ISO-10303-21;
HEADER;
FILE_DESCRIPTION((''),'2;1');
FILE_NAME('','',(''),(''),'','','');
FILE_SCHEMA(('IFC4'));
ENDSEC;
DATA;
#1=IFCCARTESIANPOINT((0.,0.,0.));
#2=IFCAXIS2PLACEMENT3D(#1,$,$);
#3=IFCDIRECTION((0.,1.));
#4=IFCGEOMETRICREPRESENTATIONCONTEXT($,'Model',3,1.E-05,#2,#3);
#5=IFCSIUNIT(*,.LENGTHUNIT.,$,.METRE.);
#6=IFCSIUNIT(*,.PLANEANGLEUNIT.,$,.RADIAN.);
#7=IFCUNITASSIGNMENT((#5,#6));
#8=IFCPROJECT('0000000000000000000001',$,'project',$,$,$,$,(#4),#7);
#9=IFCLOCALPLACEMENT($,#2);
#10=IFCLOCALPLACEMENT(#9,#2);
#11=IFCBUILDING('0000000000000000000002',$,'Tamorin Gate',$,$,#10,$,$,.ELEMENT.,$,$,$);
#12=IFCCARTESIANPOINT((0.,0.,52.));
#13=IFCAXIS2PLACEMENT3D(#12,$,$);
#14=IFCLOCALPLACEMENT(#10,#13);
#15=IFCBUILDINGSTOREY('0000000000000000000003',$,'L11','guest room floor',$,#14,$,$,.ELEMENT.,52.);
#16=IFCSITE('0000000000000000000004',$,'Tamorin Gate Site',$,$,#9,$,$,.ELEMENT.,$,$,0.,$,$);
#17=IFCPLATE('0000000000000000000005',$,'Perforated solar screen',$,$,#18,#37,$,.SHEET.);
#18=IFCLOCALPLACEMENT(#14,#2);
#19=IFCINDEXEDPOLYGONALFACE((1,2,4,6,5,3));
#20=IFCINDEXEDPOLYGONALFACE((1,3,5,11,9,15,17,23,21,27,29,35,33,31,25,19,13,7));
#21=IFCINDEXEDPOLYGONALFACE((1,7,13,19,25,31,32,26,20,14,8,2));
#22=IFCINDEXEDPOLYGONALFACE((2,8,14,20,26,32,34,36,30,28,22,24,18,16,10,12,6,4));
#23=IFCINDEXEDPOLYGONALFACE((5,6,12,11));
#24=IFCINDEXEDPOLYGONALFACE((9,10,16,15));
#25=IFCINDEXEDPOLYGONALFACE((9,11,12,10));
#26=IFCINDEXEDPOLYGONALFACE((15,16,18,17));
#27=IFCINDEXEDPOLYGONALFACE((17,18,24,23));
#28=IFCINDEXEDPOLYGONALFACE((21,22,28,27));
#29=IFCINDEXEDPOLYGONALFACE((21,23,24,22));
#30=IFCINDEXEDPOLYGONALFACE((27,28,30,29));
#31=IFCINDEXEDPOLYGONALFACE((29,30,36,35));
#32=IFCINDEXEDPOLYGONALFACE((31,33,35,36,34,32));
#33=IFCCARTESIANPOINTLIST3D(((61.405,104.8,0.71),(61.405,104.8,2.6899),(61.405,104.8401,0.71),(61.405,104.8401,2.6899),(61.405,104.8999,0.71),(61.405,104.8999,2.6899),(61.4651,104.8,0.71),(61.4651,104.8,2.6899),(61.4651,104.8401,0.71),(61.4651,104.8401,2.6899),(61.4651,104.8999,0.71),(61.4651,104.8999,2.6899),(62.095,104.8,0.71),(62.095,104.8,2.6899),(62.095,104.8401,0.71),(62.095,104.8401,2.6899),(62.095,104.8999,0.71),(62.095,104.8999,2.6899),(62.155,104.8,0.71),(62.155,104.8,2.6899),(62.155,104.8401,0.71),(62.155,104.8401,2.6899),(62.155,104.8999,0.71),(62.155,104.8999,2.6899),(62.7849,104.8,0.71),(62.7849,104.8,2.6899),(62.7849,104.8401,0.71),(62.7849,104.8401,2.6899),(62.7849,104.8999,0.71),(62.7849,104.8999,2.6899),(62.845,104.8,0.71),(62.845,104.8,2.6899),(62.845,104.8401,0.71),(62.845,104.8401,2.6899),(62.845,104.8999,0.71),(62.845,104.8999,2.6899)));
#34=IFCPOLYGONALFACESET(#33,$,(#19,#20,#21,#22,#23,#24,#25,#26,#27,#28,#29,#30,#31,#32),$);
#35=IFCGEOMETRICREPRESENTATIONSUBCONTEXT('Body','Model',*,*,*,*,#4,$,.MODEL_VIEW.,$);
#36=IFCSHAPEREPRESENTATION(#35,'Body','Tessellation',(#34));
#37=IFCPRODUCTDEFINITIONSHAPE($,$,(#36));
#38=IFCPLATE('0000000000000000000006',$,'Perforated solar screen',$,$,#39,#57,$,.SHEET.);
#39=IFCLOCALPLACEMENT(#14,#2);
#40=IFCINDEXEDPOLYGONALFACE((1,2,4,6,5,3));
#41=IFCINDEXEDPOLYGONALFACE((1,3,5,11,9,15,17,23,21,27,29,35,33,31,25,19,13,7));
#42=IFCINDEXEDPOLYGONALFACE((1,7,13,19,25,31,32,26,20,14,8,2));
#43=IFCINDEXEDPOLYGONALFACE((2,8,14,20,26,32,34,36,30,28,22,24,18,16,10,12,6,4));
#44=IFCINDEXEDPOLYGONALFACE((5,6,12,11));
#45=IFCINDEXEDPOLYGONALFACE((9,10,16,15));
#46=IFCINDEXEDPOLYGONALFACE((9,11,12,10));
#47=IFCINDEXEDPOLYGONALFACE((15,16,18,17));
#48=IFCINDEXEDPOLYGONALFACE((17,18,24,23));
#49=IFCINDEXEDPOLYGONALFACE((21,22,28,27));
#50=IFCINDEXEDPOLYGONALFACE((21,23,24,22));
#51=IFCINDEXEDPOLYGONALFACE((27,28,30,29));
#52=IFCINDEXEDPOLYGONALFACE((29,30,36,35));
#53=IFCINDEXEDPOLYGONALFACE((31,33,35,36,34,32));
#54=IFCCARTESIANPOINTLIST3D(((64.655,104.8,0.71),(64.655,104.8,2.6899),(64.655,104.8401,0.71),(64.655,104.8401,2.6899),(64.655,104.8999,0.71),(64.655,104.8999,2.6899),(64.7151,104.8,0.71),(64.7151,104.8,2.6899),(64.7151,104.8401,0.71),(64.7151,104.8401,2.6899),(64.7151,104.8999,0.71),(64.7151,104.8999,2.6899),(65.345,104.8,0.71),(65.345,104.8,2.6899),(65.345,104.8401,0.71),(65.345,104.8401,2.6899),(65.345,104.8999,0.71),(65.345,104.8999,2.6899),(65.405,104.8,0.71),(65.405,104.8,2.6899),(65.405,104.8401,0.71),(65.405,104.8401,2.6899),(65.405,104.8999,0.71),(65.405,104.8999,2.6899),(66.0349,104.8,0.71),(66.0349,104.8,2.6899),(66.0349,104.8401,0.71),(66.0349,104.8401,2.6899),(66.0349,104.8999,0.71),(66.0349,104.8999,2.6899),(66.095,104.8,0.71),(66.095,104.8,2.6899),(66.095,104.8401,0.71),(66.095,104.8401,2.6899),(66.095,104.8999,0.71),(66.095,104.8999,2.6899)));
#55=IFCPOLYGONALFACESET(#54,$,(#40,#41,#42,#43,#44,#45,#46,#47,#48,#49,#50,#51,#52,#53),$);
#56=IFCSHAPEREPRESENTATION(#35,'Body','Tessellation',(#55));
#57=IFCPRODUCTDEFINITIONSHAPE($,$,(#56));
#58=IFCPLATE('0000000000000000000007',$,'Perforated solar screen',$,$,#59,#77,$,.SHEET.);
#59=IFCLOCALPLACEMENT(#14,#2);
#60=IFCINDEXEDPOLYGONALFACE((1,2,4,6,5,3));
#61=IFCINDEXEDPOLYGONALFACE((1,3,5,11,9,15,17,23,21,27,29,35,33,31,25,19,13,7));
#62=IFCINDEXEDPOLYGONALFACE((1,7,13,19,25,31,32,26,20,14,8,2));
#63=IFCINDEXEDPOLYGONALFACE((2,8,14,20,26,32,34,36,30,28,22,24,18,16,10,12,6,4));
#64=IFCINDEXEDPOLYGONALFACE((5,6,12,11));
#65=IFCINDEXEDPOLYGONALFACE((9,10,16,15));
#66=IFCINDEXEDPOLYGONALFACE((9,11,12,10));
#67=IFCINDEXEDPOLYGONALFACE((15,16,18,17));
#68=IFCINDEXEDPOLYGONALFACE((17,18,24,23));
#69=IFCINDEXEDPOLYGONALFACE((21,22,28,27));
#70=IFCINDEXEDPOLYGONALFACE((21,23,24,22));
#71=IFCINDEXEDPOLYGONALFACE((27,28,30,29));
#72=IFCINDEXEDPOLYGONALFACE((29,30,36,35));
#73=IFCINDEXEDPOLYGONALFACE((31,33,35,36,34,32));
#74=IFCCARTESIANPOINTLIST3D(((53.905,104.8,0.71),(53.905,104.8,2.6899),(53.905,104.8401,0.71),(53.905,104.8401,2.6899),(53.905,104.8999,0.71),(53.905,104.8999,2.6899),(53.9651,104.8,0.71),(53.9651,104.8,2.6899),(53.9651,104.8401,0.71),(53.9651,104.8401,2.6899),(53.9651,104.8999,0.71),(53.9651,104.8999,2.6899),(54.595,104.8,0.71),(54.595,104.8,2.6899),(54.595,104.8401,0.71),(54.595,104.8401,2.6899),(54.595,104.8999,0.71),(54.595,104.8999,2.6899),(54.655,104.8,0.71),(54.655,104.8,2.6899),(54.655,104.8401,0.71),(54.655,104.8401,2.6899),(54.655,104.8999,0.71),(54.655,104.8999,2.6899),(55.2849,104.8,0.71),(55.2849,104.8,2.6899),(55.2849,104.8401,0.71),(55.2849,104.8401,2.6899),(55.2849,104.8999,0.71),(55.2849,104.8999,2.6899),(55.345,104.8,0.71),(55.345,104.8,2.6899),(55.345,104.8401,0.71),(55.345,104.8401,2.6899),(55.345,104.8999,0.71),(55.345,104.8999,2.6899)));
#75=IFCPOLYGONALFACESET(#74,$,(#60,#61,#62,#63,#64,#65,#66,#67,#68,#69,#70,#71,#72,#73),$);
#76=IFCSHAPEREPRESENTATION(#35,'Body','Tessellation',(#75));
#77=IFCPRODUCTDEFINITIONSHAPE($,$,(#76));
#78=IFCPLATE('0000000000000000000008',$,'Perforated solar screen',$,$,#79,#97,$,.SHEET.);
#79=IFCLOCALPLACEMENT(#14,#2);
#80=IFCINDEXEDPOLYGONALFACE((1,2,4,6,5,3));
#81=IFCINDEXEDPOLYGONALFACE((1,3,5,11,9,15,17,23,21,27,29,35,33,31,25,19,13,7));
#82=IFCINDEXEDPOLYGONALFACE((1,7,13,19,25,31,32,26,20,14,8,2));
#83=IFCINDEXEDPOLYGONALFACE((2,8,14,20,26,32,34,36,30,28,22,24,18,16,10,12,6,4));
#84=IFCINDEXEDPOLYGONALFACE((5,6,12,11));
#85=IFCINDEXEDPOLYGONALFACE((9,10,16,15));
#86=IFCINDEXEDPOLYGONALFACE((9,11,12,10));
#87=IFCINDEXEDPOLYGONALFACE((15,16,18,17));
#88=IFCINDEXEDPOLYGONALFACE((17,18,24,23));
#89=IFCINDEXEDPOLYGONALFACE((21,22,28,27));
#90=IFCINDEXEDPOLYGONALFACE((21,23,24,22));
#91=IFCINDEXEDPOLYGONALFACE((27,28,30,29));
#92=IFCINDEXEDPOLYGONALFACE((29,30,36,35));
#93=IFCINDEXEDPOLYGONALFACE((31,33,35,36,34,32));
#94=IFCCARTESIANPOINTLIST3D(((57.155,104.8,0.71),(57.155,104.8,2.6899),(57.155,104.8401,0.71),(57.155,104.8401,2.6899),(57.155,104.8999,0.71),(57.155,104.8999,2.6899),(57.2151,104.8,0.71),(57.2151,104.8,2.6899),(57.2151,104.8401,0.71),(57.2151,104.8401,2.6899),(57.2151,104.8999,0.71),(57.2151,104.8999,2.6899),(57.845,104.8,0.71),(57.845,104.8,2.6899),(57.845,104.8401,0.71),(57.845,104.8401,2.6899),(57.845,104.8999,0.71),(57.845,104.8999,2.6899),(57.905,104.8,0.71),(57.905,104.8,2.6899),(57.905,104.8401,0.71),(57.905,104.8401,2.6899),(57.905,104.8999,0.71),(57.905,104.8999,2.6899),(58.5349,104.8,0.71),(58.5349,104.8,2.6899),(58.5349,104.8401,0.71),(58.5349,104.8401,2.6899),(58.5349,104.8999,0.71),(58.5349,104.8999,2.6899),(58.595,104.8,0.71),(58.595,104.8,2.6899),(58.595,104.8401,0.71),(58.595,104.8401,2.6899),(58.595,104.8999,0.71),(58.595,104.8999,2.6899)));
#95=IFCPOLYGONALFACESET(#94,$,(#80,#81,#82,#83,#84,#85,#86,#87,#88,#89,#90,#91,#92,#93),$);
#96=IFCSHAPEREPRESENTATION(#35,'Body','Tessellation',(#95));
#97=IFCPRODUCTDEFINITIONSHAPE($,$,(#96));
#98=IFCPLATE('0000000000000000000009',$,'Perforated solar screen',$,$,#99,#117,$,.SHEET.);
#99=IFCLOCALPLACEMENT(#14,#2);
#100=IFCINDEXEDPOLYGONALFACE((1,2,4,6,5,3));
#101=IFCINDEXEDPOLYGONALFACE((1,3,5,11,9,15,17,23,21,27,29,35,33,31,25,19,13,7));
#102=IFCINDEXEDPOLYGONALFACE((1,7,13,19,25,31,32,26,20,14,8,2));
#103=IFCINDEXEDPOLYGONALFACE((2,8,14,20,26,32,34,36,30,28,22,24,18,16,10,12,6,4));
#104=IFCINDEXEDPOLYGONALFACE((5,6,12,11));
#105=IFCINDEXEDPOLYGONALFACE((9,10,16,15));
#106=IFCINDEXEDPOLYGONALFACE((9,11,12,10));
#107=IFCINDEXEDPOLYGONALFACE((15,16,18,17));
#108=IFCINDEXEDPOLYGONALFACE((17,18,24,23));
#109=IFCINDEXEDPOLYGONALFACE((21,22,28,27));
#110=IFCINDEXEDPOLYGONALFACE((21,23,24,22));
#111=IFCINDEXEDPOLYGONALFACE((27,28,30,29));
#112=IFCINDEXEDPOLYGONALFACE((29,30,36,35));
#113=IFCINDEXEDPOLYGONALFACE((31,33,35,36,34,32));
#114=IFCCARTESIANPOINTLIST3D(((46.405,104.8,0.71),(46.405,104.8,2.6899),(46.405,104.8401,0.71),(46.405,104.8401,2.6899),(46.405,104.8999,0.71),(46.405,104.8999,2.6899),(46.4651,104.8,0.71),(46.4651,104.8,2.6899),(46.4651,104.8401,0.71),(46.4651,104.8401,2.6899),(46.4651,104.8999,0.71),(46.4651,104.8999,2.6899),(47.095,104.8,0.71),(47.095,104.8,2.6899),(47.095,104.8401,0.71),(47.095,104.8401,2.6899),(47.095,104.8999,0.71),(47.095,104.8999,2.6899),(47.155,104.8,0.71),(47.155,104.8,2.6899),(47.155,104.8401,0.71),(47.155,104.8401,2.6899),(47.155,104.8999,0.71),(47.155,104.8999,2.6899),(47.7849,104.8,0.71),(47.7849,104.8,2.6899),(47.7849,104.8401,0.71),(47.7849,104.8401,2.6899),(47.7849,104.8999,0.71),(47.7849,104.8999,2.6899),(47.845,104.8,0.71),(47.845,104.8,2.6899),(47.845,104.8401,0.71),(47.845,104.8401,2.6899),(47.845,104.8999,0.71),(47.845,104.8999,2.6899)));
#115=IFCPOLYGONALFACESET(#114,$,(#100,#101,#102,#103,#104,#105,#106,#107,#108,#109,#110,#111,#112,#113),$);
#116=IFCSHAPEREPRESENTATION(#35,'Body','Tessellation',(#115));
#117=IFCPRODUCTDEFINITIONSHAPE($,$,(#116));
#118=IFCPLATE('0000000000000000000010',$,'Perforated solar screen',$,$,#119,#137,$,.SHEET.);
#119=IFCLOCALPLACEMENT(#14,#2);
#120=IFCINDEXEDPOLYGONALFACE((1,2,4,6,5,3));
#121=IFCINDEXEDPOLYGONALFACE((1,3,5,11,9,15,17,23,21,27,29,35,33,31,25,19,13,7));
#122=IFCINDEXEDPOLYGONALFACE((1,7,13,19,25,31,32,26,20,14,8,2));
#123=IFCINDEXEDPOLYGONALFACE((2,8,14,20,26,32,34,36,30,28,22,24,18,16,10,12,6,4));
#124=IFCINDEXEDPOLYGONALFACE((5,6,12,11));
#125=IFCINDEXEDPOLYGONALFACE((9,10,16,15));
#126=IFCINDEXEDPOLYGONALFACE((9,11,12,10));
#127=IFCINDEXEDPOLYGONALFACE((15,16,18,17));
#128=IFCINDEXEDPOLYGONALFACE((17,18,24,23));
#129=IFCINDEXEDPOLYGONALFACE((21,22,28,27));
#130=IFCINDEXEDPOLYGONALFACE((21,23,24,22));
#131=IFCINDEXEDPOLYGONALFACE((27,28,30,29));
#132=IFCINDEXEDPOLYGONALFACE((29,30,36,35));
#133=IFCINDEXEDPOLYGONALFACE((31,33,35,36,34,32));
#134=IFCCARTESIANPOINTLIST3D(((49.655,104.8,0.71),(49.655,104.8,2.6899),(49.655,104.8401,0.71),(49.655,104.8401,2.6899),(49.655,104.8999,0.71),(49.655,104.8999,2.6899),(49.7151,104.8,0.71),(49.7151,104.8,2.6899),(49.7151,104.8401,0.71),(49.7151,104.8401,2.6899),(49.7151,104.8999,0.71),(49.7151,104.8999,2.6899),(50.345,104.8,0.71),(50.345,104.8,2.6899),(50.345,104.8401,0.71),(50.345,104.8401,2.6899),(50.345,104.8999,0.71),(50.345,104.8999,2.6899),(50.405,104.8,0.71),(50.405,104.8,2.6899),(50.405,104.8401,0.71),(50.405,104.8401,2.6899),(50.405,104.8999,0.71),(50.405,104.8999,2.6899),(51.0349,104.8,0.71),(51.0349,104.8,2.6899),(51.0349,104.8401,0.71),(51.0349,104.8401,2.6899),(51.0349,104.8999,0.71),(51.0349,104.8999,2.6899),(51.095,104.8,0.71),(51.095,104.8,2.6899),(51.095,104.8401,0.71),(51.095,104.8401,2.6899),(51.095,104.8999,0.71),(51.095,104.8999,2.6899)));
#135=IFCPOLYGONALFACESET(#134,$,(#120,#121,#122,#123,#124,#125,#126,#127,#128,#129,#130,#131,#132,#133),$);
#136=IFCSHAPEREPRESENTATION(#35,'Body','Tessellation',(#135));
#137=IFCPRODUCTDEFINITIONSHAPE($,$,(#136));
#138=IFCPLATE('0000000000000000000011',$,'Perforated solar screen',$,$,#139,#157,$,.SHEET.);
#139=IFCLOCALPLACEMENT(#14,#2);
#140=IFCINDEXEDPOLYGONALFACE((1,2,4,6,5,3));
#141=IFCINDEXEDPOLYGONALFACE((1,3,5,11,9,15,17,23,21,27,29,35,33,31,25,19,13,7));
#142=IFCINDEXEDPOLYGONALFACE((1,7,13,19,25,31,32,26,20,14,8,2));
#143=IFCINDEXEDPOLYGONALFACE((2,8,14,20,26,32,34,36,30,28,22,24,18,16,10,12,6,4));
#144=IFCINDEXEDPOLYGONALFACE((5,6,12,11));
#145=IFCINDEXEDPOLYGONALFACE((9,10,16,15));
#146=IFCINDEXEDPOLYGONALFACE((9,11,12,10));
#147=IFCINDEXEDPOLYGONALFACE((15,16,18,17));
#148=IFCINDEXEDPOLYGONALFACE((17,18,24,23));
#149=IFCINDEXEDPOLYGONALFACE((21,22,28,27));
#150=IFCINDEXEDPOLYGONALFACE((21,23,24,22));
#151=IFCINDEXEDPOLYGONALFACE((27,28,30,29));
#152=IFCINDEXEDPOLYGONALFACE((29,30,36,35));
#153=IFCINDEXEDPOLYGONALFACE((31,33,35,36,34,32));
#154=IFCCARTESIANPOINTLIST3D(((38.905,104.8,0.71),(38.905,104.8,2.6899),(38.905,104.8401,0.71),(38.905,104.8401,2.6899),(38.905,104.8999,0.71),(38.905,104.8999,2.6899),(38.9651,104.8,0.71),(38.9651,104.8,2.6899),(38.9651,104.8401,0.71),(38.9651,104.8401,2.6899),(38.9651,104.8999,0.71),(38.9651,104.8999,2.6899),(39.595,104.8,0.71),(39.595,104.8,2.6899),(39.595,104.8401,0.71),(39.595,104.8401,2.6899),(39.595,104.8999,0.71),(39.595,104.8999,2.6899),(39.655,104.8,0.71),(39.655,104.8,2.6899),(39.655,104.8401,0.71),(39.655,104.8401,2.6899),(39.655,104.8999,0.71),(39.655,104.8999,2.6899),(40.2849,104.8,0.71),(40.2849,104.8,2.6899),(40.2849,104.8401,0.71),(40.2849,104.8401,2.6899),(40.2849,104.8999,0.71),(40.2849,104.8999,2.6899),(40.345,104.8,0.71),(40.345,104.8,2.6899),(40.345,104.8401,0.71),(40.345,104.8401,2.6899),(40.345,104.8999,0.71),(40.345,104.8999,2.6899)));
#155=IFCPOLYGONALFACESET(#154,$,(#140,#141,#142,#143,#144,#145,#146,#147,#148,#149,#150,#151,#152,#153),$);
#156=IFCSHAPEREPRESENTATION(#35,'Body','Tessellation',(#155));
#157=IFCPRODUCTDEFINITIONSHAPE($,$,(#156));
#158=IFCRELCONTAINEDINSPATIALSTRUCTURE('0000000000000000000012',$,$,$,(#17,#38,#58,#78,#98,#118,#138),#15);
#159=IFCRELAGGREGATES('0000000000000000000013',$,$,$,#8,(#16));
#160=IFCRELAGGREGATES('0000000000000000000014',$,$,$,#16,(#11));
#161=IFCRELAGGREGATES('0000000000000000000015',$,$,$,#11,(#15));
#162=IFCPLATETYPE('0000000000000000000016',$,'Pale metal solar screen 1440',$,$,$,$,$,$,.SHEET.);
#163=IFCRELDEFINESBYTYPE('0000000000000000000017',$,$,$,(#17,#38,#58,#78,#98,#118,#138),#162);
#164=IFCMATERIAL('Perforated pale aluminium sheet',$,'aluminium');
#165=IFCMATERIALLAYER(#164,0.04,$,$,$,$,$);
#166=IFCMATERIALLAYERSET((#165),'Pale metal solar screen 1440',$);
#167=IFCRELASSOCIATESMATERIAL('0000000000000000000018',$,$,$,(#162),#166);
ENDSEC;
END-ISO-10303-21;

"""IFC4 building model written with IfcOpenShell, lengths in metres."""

from ifc_helpers import new_model, si_unit, direction, frame, origin, place, context, subcontext, project, spatial, polyline, outline, extrude, material, layer, layer_set, type_object, element, save


model = new_model("IFC4")

# Units and contexts
model_context = context("Model", 3, precision=1e-05, world=origin(), true_north=direction((0.0, 1.0)))
body_context = subcontext(model_context, "Body", "Model", "MODEL_VIEW")
ifc_project = project(units=[si_unit("LENGTHUNIT", "METRE"), si_unit("PLANEANGLEUNIT", "RADIAN")], contexts=[model_context])

# Site, building, storey
site_placement = place(None, origin())
site = spatial("IfcSite", under=ifc_project, at=site_placement, Name="Tamorin Gate Site", CompositionType="ELEMENT", RefElevation=0.0)
building_placement = place(site_placement, origin())
building = spatial("IfcBuilding", under=site, at=building_placement, Name="Tamorin Gate", CompositionType="ELEMENT")
storey_placement = place(building_placement, frame((0.0, 0.0, 52.0)))
storey = spatial("IfcBuildingStorey", under=building, at=storey_placement, Name="L11", Description="guest room floor", CompositionType="ELEMENT", Elevation=52.0)

# Plates
ifc_material = material(Name="Perforated pale aluminium sheet", Category="aluminium")
ifc_layer = layer(ifc_material, 0.04)
ifc_layer_set = layer_set([ifc_layer], Name="Pale metal solar screen 1440")
plate_type = type_object("IfcPlateType", Name="Pale metal solar screen 1440", PredefinedType="SHEET", material=ifc_layer_set)
plate_1_placement = place(storey_placement, frame((0.0, 0.0, 0.71)))
element("IfcPlate", 1, at=plate_1_placement, inside=storey, type_object=plate_type, Name="Perforated solar screen", PredefinedType="SHEET", context=body_context, shape_type="SweptSolid", body=[
    extrude(outline(polyline([(62.845, 104.8401), (62.845, 104.8), (62.7849, 104.8), (62.155, 104.8), (62.095, 104.8), (61.4651, 104.8), (61.405, 104.8), (61.405, 104.8401), (61.405, 104.8999), (61.4651, 104.8999), (61.4651, 104.8401), (62.095, 104.8401), (62.095, 104.8999), (62.155, 104.8999), (62.155, 104.8401), (62.7849, 104.8401), (62.7849, 104.8999), (62.845, 104.8999), (62.845, 104.8401)])), origin(), (0.0, 0.0, 1.0), 1.98),
])
plate_2_placement = place(storey_placement, frame((0.0, 0.0, 0.71)))
element("IfcPlate", 2, at=plate_2_placement, inside=storey, type_object=plate_type, Name="Perforated solar screen", PredefinedType="SHEET", context=body_context, shape_type="SweptSolid", body=[
    extrude(outline(polyline([(66.095, 104.8401), (66.095, 104.8), (66.0349, 104.8), (65.405, 104.8), (65.345, 104.8), (64.7151, 104.8), (64.655, 104.8), (64.655, 104.8401), (64.655, 104.8999), (64.7151, 104.8999), (64.7151, 104.8401), (65.345, 104.8401), (65.345, 104.8999), (65.405, 104.8999), (65.405, 104.8401), (66.0349, 104.8401), (66.0349, 104.8999), (66.095, 104.8999), (66.095, 104.8401)])), origin(), (0.0, 0.0, 1.0), 1.98),
])
plate_3_placement = place(storey_placement, frame((0.0, 0.0, 0.71)))
element("IfcPlate", 3, at=plate_3_placement, inside=storey, type_object=plate_type, Name="Perforated solar screen", PredefinedType="SHEET", context=body_context, shape_type="SweptSolid", body=[
    extrude(outline(polyline([(55.345, 104.8401), (55.345, 104.8), (55.2849, 104.8), (54.655, 104.8), (54.595, 104.8), (53.9651, 104.8), (53.905, 104.8), (53.905, 104.8401), (53.905, 104.8999), (53.9651, 104.8999), (53.9651, 104.8401), (54.595, 104.8401), (54.595, 104.8999), (54.655, 104.8999), (54.655, 104.8401), (55.2849, 104.8401), (55.2849, 104.8999), (55.345, 104.8999), (55.345, 104.8401)])), origin(), (0.0, 0.0, 1.0), 1.98),
])
plate_4_placement = place(storey_placement, frame((0.0, 0.0, 0.71)))
element("IfcPlate", 4, at=plate_4_placement, inside=storey, type_object=plate_type, Name="Perforated solar screen", PredefinedType="SHEET", context=body_context, shape_type="SweptSolid", body=[
    extrude(outline(polyline([(58.595, 104.8401), (58.595, 104.8), (58.5349, 104.8), (57.905, 104.8), (57.845, 104.8), (57.2151, 104.8), (57.155, 104.8), (57.155, 104.8401), (57.155, 104.8999), (57.2151, 104.8999), (57.2151, 104.8401), (57.845, 104.8401), (57.845, 104.8999), (57.905, 104.8999), (57.905, 104.8401), (58.5349, 104.8401), (58.5349, 104.8999), (58.595, 104.8999), (58.595, 104.8401)])), origin(), (0.0, 0.0, 1.0), 1.98),
])
plate_5_placement = place(storey_placement, frame((0.0, 0.0, 0.71)))
element("IfcPlate", 5, at=plate_5_placement, inside=storey, type_object=plate_type, Name="Perforated solar screen", PredefinedType="SHEET", context=body_context, shape_type="SweptSolid", body=[
    extrude(outline(polyline([(47.845, 104.8401), (47.845, 104.8), (47.7849, 104.8), (47.155, 104.8), (47.095, 104.8), (46.4651, 104.8), (46.405, 104.8), (46.405, 104.8401), (46.405, 104.8999), (46.4651, 104.8999), (46.4651, 104.8401), (47.095, 104.8401), (47.095, 104.8999), (47.155, 104.8999), (47.155, 104.8401), (47.7849, 104.8401), (47.7849, 104.8999), (47.845, 104.8999), (47.845, 104.8401)])), origin(), (0.0, 0.0, 1.0), 1.98),
])
plate_6_placement = place(storey_placement, frame((0.0, 0.0, 0.71)))
element("IfcPlate", 6, at=plate_6_placement, inside=storey, type_object=plate_type, Name="Perforated solar screen", PredefinedType="SHEET", context=body_context, shape_type="SweptSolid", body=[
    extrude(outline(polyline([(51.095, 104.8401), (51.095, 104.8), (51.0349, 104.8), (50.405, 104.8), (50.345, 104.8), (49.7151, 104.8), (49.655, 104.8), (49.655, 104.8401), (49.655, 104.8999), (49.7151, 104.8999), (49.7151, 104.8401), (50.345, 104.8401), (50.345, 104.8999), (50.405, 104.8999), (50.405, 104.8401), (51.0349, 104.8401), (51.0349, 104.8999), (51.095, 104.8999), (51.095, 104.8401)])), origin(), (0.0, 0.0, 1.0), 1.98),
])
plate_7_placement = place(storey_placement, frame((0.0, 0.0, 0.71)))
element("IfcPlate", 7, at=plate_7_placement, inside=storey, type_object=plate_type, Name="Perforated solar screen", PredefinedType="SHEET", context=body_context, shape_type="SweptSolid", body=[
    extrude(outline(polyline([(40.345, 104.8401), (40.345, 104.8), (40.2849, 104.8), (39.655, 104.8), (39.595, 104.8), (38.9651, 104.8), (38.905, 104.8), (38.905, 104.8401), (38.905, 104.8999), (38.9651, 104.8999), (38.9651, 104.8401), (39.595, 104.8401), (39.595, 104.8999), (39.655, 104.8999), (39.655, 104.8401), (40.2849, 104.8401), (40.2849, 104.8999), (40.345, 104.8999), (40.345, 104.8401)])), origin(), (0.0, 0.0, 1.0), 1.98),
])

save(model, "model.ifc")
